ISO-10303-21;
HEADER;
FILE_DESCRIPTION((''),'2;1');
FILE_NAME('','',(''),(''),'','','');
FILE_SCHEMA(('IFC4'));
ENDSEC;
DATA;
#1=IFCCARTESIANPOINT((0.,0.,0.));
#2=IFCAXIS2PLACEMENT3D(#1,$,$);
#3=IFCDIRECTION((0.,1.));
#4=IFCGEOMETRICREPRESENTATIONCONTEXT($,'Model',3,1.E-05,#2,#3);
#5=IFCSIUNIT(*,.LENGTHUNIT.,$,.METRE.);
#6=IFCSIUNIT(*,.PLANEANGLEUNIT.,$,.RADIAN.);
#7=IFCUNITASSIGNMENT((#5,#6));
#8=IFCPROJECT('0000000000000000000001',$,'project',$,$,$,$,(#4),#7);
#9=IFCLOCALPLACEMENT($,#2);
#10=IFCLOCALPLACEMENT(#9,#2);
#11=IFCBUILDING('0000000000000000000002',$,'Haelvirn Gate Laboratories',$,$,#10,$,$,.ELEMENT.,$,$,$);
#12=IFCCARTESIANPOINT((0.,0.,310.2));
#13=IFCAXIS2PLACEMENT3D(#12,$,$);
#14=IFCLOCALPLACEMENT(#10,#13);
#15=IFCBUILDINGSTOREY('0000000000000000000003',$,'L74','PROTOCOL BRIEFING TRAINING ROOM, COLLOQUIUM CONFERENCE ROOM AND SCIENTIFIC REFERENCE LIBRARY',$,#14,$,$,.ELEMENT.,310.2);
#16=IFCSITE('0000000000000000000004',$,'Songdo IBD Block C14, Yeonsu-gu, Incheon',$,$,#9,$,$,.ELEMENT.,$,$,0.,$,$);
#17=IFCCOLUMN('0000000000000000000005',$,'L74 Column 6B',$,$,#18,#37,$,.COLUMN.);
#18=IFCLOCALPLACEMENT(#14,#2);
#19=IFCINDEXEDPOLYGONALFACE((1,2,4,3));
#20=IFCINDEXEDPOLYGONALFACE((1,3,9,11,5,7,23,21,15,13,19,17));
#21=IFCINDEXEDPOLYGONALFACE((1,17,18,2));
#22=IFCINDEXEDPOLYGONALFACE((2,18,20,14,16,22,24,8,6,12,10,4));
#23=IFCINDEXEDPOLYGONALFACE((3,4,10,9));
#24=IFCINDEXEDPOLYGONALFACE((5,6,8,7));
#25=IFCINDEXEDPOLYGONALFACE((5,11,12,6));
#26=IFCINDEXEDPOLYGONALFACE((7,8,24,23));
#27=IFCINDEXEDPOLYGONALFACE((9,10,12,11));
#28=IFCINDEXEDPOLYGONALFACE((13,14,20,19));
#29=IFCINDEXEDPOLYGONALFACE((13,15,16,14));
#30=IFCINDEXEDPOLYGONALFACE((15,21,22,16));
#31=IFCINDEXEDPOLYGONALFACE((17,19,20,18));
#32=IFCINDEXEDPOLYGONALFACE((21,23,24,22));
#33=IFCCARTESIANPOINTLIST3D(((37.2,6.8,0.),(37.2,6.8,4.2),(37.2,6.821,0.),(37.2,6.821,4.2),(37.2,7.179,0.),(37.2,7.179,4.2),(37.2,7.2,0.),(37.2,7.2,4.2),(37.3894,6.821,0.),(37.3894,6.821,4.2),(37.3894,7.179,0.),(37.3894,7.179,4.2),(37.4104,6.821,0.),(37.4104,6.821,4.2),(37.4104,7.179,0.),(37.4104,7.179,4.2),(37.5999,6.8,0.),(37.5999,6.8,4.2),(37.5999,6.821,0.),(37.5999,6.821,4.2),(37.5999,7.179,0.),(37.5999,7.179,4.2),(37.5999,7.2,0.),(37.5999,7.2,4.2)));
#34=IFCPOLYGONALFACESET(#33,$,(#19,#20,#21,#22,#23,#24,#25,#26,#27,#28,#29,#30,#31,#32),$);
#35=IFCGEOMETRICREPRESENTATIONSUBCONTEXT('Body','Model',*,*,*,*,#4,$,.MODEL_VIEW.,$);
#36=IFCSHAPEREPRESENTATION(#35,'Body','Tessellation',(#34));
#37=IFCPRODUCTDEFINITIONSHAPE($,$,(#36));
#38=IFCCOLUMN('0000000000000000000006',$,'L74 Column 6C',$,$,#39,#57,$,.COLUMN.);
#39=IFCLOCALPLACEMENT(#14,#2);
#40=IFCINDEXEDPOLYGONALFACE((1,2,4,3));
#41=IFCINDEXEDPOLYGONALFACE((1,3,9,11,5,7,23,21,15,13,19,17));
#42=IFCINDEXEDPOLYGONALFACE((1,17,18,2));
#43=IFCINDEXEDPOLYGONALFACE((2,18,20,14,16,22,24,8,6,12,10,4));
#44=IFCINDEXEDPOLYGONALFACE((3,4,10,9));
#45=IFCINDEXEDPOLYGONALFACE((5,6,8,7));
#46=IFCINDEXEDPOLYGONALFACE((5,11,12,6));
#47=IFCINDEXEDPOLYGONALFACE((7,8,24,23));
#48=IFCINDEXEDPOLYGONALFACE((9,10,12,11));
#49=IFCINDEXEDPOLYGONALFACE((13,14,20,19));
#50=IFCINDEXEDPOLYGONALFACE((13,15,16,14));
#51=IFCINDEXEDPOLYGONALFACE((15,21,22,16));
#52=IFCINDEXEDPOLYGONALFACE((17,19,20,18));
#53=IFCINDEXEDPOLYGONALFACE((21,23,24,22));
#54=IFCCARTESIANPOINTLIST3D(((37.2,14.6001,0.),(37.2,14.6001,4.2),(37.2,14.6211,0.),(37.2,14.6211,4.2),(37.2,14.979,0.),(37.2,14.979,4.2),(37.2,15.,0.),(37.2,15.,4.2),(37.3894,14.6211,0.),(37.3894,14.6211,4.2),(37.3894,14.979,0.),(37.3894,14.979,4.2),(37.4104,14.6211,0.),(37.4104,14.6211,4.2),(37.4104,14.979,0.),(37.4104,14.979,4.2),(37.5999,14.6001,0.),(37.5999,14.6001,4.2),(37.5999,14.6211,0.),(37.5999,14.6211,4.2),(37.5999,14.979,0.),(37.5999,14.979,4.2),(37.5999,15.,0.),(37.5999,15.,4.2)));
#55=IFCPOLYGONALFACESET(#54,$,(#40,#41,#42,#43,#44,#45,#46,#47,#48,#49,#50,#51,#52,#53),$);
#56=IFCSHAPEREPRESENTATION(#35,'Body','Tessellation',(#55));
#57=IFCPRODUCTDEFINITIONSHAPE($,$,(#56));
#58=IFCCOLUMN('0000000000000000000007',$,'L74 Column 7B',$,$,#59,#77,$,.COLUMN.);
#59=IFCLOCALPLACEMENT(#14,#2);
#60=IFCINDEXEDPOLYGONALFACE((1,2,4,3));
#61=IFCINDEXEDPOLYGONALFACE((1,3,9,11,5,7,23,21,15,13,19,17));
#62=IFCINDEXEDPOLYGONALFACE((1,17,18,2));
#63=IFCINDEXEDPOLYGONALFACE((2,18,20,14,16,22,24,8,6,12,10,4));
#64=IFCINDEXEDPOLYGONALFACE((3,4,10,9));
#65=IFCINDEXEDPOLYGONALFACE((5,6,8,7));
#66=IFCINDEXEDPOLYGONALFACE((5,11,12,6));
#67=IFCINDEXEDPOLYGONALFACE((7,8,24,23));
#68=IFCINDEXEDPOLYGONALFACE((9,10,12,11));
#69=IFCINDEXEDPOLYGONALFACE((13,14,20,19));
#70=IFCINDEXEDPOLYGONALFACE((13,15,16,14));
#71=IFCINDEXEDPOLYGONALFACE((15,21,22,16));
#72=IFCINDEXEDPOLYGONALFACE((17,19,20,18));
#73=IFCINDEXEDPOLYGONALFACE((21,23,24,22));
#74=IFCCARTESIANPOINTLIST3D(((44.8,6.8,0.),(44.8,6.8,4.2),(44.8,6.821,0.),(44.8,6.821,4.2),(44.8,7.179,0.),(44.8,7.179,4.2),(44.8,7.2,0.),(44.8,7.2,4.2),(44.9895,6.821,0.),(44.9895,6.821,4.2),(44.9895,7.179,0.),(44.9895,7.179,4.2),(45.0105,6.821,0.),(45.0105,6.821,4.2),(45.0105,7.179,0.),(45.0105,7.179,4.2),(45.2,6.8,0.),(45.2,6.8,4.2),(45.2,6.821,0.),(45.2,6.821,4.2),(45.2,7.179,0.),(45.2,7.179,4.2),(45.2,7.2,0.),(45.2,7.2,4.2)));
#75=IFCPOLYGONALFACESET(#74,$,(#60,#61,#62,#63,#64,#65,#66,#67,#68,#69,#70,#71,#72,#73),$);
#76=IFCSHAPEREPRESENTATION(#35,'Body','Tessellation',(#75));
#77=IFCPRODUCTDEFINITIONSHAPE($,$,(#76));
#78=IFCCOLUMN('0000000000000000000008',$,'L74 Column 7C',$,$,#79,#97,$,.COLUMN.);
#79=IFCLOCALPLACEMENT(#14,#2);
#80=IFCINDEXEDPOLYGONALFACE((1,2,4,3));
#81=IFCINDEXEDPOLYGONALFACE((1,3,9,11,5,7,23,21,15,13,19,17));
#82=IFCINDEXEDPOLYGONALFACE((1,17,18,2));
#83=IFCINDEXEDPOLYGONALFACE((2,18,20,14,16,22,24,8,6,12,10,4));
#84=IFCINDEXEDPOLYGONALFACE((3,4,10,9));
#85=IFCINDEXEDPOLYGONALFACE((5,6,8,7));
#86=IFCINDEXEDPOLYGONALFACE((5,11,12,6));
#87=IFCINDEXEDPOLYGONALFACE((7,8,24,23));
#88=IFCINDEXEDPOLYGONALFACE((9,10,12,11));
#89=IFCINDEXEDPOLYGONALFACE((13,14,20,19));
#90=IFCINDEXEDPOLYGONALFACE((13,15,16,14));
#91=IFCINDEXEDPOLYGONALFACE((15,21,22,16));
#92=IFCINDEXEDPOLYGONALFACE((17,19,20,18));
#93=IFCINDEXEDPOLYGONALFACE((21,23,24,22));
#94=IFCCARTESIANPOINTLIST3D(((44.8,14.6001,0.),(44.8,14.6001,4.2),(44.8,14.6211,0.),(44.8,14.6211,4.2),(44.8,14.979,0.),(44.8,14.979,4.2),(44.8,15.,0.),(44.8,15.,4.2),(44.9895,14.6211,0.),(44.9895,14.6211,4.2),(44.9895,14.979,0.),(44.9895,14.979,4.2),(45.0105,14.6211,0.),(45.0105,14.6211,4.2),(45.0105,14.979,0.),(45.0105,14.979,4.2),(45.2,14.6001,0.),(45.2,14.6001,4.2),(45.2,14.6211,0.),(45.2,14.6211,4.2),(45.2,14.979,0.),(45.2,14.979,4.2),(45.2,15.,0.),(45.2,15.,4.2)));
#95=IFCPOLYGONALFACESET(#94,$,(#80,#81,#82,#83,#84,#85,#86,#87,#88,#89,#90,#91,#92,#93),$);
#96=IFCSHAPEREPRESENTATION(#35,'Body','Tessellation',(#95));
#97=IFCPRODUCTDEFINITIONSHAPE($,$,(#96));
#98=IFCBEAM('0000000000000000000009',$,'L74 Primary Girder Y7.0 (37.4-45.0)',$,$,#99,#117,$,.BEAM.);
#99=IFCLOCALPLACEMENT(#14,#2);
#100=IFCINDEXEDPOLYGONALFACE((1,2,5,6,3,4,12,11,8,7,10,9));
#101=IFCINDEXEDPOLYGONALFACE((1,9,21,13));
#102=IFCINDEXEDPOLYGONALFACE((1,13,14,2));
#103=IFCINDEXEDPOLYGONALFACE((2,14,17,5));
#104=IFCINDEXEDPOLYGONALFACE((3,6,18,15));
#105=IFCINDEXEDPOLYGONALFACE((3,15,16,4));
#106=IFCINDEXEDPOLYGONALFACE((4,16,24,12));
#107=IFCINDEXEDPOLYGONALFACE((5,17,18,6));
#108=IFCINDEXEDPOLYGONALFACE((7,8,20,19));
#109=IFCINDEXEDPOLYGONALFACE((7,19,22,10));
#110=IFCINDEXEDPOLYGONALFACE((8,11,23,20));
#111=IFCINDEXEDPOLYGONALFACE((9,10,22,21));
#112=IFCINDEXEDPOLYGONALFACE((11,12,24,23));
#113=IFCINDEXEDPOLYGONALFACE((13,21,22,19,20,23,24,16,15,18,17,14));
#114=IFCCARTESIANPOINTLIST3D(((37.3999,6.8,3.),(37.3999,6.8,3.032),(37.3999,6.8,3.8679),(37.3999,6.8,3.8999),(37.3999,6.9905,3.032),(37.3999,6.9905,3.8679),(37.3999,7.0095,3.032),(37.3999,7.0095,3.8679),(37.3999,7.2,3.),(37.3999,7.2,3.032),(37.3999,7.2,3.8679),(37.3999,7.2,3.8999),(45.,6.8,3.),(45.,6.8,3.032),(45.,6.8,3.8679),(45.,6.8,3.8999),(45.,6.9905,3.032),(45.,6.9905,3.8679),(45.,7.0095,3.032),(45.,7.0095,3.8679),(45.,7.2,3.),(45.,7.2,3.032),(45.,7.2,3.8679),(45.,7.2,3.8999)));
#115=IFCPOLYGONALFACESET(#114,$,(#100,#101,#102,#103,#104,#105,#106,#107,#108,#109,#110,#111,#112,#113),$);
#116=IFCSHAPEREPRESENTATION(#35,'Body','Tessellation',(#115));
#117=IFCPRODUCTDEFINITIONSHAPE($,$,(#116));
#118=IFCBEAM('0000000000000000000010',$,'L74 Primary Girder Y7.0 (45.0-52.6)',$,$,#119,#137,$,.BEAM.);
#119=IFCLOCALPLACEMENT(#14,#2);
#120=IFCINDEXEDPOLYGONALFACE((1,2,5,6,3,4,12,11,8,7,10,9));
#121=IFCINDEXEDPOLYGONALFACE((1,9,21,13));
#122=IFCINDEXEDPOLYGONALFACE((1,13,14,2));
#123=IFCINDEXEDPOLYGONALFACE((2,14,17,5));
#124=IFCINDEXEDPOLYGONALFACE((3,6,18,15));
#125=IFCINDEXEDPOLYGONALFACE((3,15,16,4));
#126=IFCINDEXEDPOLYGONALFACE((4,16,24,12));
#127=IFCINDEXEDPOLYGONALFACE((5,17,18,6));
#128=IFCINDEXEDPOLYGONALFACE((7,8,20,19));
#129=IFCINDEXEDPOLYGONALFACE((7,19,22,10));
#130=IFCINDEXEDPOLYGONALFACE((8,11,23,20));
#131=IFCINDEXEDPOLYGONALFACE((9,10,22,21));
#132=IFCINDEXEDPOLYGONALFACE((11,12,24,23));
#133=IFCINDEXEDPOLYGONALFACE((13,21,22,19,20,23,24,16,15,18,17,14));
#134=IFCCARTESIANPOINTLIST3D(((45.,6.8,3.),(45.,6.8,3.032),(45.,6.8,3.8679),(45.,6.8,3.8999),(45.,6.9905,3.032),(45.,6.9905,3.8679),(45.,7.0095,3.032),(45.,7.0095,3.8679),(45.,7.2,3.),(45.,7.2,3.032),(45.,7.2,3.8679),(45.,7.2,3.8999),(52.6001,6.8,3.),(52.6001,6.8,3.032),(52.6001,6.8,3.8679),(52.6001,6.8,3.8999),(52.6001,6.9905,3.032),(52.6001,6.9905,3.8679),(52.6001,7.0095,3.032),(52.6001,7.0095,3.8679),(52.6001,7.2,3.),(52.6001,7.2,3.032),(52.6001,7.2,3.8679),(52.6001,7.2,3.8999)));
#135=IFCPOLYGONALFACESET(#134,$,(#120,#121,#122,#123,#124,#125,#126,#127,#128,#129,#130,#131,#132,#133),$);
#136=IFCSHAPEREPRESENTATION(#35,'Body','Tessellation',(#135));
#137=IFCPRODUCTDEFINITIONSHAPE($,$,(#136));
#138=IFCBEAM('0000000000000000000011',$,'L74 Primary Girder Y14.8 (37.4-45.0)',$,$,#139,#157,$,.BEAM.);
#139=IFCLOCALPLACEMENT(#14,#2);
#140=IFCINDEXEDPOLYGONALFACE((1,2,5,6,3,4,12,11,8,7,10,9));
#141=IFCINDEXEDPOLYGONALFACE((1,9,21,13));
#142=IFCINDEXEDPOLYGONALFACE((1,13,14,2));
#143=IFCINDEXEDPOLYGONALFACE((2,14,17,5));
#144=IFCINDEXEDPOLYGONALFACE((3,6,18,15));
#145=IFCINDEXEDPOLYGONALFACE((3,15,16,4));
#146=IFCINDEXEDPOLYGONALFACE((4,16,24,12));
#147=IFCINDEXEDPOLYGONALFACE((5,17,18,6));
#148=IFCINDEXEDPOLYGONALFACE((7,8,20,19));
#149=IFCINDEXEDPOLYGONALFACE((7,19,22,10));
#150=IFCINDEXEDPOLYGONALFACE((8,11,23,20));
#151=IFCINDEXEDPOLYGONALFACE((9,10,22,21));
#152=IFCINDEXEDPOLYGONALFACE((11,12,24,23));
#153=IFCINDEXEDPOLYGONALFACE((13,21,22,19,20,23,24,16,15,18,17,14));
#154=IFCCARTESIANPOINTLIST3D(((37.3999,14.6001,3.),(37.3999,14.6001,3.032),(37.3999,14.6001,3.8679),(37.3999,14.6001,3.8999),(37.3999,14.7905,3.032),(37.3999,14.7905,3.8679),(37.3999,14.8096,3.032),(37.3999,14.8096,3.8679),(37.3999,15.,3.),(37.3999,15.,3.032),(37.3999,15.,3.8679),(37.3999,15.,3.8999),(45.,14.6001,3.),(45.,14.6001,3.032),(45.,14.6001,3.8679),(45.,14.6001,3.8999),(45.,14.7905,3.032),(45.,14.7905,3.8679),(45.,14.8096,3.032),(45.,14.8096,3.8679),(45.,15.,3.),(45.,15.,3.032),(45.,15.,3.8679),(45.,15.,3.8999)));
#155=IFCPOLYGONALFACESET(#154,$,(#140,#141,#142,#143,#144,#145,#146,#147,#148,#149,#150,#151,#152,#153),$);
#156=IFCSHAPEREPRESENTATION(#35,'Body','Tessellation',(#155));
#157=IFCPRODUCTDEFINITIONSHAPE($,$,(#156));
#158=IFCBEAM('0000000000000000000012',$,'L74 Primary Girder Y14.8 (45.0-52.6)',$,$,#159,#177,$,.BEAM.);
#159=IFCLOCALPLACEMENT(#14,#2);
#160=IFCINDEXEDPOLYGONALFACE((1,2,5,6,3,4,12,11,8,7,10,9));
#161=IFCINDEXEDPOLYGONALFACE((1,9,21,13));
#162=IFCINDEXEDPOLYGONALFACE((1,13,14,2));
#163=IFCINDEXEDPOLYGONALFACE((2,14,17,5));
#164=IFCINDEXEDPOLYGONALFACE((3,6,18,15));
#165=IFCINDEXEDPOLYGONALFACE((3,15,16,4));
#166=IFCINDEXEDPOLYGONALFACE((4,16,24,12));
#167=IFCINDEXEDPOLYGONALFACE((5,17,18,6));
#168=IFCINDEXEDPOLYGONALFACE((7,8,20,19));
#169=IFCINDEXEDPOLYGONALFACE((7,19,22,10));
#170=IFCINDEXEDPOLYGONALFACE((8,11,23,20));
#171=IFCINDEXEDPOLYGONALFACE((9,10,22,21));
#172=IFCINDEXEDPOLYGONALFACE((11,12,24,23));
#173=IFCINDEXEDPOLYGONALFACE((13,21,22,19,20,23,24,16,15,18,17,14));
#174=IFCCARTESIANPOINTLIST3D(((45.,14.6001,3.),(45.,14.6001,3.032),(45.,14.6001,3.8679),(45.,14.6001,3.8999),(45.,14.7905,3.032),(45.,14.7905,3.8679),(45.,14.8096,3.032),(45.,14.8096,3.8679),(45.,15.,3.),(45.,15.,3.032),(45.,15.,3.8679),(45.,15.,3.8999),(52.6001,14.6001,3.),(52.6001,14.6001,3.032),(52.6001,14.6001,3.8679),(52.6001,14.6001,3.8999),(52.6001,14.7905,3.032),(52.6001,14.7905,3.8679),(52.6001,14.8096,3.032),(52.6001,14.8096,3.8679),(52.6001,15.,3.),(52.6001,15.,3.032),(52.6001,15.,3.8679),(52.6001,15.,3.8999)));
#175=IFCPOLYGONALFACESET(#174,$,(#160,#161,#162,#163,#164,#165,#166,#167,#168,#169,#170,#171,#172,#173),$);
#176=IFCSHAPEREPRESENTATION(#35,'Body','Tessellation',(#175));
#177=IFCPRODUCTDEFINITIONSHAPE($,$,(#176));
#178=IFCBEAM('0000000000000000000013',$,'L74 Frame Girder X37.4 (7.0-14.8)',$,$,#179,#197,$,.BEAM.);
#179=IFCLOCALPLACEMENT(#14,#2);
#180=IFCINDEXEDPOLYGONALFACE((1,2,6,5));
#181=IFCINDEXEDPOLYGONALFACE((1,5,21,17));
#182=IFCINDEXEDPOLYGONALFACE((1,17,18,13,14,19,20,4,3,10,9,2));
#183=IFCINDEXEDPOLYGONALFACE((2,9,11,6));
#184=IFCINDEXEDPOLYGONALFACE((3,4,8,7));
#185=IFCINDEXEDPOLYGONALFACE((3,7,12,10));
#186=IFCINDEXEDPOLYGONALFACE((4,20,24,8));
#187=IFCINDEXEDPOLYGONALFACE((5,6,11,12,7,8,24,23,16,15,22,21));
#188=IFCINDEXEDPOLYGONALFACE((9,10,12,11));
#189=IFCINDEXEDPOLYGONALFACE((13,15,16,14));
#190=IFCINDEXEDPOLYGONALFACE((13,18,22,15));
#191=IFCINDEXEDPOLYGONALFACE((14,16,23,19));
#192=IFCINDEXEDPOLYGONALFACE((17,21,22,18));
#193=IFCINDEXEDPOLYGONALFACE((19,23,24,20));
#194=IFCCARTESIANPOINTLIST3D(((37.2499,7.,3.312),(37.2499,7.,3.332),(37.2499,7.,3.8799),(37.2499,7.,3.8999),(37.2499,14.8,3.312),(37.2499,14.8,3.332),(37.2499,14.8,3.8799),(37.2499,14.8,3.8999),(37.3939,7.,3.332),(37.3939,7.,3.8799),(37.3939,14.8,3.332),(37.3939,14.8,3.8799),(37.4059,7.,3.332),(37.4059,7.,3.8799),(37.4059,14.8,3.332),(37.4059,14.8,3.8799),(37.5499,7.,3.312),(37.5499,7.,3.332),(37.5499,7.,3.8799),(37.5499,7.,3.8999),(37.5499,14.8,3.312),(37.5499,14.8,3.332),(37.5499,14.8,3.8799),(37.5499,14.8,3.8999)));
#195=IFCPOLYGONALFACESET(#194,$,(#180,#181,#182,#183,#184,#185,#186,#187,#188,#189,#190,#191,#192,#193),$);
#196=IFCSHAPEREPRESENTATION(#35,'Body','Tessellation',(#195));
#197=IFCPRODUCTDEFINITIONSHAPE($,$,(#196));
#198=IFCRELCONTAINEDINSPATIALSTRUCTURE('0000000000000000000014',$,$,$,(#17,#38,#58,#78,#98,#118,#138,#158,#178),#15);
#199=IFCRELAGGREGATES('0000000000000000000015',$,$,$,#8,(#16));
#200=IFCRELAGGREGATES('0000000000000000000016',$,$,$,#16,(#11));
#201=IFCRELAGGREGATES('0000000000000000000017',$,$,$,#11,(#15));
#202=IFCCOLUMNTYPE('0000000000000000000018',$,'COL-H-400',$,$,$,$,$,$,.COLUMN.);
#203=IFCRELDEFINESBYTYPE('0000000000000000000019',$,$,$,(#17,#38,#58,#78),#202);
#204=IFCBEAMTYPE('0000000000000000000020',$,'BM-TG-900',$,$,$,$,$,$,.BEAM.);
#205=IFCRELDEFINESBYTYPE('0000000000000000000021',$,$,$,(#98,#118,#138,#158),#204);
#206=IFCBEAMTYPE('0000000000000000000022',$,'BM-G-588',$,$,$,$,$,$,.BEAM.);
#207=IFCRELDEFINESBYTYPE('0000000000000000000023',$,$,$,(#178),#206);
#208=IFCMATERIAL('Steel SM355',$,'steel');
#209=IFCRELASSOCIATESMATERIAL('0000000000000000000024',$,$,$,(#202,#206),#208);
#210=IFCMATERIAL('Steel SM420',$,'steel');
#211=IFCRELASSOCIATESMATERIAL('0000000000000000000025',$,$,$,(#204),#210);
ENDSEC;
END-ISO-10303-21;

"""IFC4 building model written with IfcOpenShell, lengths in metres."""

from ifc_helpers import new_model, si_unit, direction, frame, origin, origin_2d, place, context, subcontext, project, spatial, i_section, extrude, source, transform, mapped, material, material_profile, profile_set, type_object, type_shapes, element, save


model = new_model("IFC4")

# Units and contexts
model_context = context("Model", 3, precision=1e-05, world=origin(), true_north=direction((0.0, 1.0)))
body_context = subcontext(model_context, "Body", "Model", "MODEL_VIEW")
ifc_project = project(units=[si_unit("LENGTHUNIT", "METRE"), si_unit("PLANEANGLEUNIT", "RADIAN")], contexts=[model_context])

# Site, building, storey
site_placement = place(None, origin())
site = spatial("IfcSite", under=ifc_project, at=site_placement, Name="Songdo IBD Block C14, Yeonsu-gu, Incheon", CompositionType="ELEMENT", RefElevation=0.0)
building_placement = place(site_placement, origin())
building = spatial("IfcBuilding", under=site, at=building_placement, Name="Haelvirn Gate Laboratories", CompositionType="ELEMENT")
storey_placement = place(building_placement, frame((0.0, 0.0, 310.2)))
storey = spatial("IfcBuildingStorey", under=building, at=storey_placement, Name="L74", Description="PROTOCOL BRIEFING TRAINING ROOM, COLLOQUIUM CONFERENCE ROOM AND SCIENTIFIC REFERENCE LIBRARY", CompositionType="ELEMENT", Elevation=310.2)

# Columns
ifc_material_1 = material(Name="Steel SM355", Category="steel")
ifc_material_profile_1 = material_profile(ifc_material_1, i_section(OverallWidth=0.3999, OverallDepth=0.3999, WebThickness=0.021, FlangeThickness=0.021, at=origin_2d()), Name="H-400x400x21x21")
ifc_profile_set_1 = profile_set([ifc_material_profile_1], Name="Steel SM355")
column_type = type_object("IfcColumnType", Name="COL-H-400", PredefinedType="COLUMN", material=ifc_profile_set_1)
shared_shape_1 = source(origin(), body_context, "Body", "SweptSolid", [
    extrude(i_section(OverallWidth=0.3999, OverallDepth=0.3999, WebThickness=0.021, FlangeThickness=0.021, at=origin_2d()), origin(), (0.0, 0.0, 1.0), 4.2),
])
type_shapes(column_type, [shared_shape_1])
for number, where, z_axis, x_axis, name in (
    (1, (37.3999, 7.0, 0.0), (0.0, 0.0, 1.0), (1.0, 0.0, 0.0), "L74 Column 6B"),
    (2, (37.3999, 14.8, 0.0), (0.0, 0.0, 1.0), (1.0, 0.0, 0.0), "L74 Column 6C"),
    (3, (45.0, 7.0, 0.0), (0.0, 0.0, 1.0), (1.0, 0.0, 0.0), "L74 Column 7B"),
    (4, (45.0, 14.8, 0.0), (0.0, 0.0, 1.0), (1.0, 0.0, 0.0), "L74 Column 7C"),
):
    element("IfcColumn", number, at=place(storey_placement, frame(where, z_axis=z_axis, x_axis=x_axis)), inside=storey, type_object=column_type, Name=name, PredefinedType="COLUMN", context=body_context, shape_type="MappedRepresentation", body=[
        mapped(shared_shape_1, transform((0.0, 0.0, 0.0), scale=1.0)),
    ])

# Beams
ifc_material_2 = material(Name="Steel SM420", Category="steel")
ifc_material_profile_2 = material_profile(ifc_material_2, i_section(OverallWidth=0.3999, OverallDepth=0.8999, WebThickness=0.019, FlangeThickness=0.032, at=origin_2d()), Name="H-900x400x19x32")
ifc_profile_set_2 = profile_set([ifc_material_profile_2], Name="Steel SM420")
beam_type_1 = type_object("IfcBeamType", Name="BM-TG-900", PredefinedType="BEAM", material=ifc_profile_set_2)
shared_shape_2 = source(origin(), body_context, "Body", "SweptSolid", [
    extrude(i_section(OverallWidth=0.3999, OverallDepth=0.8999, WebThickness=0.019, FlangeThickness=0.032, at=origin_2d()), origin(), (0.0, 0.0, 1.0), 7.6001),
])
type_shapes(beam_type_1, [shared_shape_2])
for number, where, z_axis, x_axis, name in (
    (5, (37.3999, 7.0, 3.45), (1.0, 0.0, 0.0), (0.0, 1.0, 0.0), "L74 Primary Girder Y7.0 (37.4-45.0)"),
    (6, (45.0, 7.0, 3.45), (1.0, 0.0, 0.0), (0.0, 1.0, 0.0), "L74 Primary Girder Y7.0 (45.0-52.6)"),
    (7, (37.3999, 14.8, 3.45), (1.0, 0.0, 0.0), (0.0, 1.0, 0.0), "L74 Primary Girder Y14.8 (37.4-45.0)"),
    (8, (45.0, 14.8, 3.45), (1.0, 0.0, 0.0), (0.0, 1.0, 0.0), "L74 Primary Girder Y14.8 (45.0-52.6)"),
):
    element("IfcBeam", number, at=place(storey_placement, frame(where, z_axis=z_axis, x_axis=x_axis)), inside=storey, type_object=beam_type_1, Name=name, PredefinedType="BEAM", context=body_context, shape_type="MappedRepresentation", body=[
        mapped(shared_shape_2, transform((0.0, 0.0, 0.0), scale=1.0)),
    ])
ifc_material_profile_3 = material_profile(ifc_material_1, i_section(OverallWidth=0.3, OverallDepth=0.5879, WebThickness=0.012, FlangeThickness=0.02, at=origin_2d()), Name="H-588x300x12x20")
ifc_profile_set_3 = profile_set([ifc_material_profile_3], Name="Steel SM355")
beam_type_2 = type_object("IfcBeamType", Name="BM-G-588", PredefinedType="BEAM", material=ifc_profile_set_3)
shared_shape_3 = source(origin(), body_context, "Body", "SweptSolid", [
    extrude(i_section(OverallWidth=0.3, OverallDepth=0.5879, WebThickness=0.012, FlangeThickness=0.02, at=origin_2d()), origin(), (0.0, 0.0, 1.0), 7.8),
])
type_shapes(beam_type_2, [shared_shape_3])
for number, where, z_axis, x_axis, name in (
    (9, (37.3999, 7.0, 3.606), (0.0, 1.0, 0.0), (-1.0, 0.0, 0.0), "L74 Frame Girder X37.4 (7.0-14.8)"),
):
    element("IfcBeam", number, at=place(storey_placement, frame(where, z_axis=z_axis, x_axis=x_axis)), inside=storey, type_object=beam_type_2, Name=name, PredefinedType="BEAM", context=body_context, shape_type="MappedRepresentation", body=[
        mapped(shared_shape_3, transform((0.0, 0.0, 0.0), scale=1.0)),
    ])

save(model, "model.ifc")
